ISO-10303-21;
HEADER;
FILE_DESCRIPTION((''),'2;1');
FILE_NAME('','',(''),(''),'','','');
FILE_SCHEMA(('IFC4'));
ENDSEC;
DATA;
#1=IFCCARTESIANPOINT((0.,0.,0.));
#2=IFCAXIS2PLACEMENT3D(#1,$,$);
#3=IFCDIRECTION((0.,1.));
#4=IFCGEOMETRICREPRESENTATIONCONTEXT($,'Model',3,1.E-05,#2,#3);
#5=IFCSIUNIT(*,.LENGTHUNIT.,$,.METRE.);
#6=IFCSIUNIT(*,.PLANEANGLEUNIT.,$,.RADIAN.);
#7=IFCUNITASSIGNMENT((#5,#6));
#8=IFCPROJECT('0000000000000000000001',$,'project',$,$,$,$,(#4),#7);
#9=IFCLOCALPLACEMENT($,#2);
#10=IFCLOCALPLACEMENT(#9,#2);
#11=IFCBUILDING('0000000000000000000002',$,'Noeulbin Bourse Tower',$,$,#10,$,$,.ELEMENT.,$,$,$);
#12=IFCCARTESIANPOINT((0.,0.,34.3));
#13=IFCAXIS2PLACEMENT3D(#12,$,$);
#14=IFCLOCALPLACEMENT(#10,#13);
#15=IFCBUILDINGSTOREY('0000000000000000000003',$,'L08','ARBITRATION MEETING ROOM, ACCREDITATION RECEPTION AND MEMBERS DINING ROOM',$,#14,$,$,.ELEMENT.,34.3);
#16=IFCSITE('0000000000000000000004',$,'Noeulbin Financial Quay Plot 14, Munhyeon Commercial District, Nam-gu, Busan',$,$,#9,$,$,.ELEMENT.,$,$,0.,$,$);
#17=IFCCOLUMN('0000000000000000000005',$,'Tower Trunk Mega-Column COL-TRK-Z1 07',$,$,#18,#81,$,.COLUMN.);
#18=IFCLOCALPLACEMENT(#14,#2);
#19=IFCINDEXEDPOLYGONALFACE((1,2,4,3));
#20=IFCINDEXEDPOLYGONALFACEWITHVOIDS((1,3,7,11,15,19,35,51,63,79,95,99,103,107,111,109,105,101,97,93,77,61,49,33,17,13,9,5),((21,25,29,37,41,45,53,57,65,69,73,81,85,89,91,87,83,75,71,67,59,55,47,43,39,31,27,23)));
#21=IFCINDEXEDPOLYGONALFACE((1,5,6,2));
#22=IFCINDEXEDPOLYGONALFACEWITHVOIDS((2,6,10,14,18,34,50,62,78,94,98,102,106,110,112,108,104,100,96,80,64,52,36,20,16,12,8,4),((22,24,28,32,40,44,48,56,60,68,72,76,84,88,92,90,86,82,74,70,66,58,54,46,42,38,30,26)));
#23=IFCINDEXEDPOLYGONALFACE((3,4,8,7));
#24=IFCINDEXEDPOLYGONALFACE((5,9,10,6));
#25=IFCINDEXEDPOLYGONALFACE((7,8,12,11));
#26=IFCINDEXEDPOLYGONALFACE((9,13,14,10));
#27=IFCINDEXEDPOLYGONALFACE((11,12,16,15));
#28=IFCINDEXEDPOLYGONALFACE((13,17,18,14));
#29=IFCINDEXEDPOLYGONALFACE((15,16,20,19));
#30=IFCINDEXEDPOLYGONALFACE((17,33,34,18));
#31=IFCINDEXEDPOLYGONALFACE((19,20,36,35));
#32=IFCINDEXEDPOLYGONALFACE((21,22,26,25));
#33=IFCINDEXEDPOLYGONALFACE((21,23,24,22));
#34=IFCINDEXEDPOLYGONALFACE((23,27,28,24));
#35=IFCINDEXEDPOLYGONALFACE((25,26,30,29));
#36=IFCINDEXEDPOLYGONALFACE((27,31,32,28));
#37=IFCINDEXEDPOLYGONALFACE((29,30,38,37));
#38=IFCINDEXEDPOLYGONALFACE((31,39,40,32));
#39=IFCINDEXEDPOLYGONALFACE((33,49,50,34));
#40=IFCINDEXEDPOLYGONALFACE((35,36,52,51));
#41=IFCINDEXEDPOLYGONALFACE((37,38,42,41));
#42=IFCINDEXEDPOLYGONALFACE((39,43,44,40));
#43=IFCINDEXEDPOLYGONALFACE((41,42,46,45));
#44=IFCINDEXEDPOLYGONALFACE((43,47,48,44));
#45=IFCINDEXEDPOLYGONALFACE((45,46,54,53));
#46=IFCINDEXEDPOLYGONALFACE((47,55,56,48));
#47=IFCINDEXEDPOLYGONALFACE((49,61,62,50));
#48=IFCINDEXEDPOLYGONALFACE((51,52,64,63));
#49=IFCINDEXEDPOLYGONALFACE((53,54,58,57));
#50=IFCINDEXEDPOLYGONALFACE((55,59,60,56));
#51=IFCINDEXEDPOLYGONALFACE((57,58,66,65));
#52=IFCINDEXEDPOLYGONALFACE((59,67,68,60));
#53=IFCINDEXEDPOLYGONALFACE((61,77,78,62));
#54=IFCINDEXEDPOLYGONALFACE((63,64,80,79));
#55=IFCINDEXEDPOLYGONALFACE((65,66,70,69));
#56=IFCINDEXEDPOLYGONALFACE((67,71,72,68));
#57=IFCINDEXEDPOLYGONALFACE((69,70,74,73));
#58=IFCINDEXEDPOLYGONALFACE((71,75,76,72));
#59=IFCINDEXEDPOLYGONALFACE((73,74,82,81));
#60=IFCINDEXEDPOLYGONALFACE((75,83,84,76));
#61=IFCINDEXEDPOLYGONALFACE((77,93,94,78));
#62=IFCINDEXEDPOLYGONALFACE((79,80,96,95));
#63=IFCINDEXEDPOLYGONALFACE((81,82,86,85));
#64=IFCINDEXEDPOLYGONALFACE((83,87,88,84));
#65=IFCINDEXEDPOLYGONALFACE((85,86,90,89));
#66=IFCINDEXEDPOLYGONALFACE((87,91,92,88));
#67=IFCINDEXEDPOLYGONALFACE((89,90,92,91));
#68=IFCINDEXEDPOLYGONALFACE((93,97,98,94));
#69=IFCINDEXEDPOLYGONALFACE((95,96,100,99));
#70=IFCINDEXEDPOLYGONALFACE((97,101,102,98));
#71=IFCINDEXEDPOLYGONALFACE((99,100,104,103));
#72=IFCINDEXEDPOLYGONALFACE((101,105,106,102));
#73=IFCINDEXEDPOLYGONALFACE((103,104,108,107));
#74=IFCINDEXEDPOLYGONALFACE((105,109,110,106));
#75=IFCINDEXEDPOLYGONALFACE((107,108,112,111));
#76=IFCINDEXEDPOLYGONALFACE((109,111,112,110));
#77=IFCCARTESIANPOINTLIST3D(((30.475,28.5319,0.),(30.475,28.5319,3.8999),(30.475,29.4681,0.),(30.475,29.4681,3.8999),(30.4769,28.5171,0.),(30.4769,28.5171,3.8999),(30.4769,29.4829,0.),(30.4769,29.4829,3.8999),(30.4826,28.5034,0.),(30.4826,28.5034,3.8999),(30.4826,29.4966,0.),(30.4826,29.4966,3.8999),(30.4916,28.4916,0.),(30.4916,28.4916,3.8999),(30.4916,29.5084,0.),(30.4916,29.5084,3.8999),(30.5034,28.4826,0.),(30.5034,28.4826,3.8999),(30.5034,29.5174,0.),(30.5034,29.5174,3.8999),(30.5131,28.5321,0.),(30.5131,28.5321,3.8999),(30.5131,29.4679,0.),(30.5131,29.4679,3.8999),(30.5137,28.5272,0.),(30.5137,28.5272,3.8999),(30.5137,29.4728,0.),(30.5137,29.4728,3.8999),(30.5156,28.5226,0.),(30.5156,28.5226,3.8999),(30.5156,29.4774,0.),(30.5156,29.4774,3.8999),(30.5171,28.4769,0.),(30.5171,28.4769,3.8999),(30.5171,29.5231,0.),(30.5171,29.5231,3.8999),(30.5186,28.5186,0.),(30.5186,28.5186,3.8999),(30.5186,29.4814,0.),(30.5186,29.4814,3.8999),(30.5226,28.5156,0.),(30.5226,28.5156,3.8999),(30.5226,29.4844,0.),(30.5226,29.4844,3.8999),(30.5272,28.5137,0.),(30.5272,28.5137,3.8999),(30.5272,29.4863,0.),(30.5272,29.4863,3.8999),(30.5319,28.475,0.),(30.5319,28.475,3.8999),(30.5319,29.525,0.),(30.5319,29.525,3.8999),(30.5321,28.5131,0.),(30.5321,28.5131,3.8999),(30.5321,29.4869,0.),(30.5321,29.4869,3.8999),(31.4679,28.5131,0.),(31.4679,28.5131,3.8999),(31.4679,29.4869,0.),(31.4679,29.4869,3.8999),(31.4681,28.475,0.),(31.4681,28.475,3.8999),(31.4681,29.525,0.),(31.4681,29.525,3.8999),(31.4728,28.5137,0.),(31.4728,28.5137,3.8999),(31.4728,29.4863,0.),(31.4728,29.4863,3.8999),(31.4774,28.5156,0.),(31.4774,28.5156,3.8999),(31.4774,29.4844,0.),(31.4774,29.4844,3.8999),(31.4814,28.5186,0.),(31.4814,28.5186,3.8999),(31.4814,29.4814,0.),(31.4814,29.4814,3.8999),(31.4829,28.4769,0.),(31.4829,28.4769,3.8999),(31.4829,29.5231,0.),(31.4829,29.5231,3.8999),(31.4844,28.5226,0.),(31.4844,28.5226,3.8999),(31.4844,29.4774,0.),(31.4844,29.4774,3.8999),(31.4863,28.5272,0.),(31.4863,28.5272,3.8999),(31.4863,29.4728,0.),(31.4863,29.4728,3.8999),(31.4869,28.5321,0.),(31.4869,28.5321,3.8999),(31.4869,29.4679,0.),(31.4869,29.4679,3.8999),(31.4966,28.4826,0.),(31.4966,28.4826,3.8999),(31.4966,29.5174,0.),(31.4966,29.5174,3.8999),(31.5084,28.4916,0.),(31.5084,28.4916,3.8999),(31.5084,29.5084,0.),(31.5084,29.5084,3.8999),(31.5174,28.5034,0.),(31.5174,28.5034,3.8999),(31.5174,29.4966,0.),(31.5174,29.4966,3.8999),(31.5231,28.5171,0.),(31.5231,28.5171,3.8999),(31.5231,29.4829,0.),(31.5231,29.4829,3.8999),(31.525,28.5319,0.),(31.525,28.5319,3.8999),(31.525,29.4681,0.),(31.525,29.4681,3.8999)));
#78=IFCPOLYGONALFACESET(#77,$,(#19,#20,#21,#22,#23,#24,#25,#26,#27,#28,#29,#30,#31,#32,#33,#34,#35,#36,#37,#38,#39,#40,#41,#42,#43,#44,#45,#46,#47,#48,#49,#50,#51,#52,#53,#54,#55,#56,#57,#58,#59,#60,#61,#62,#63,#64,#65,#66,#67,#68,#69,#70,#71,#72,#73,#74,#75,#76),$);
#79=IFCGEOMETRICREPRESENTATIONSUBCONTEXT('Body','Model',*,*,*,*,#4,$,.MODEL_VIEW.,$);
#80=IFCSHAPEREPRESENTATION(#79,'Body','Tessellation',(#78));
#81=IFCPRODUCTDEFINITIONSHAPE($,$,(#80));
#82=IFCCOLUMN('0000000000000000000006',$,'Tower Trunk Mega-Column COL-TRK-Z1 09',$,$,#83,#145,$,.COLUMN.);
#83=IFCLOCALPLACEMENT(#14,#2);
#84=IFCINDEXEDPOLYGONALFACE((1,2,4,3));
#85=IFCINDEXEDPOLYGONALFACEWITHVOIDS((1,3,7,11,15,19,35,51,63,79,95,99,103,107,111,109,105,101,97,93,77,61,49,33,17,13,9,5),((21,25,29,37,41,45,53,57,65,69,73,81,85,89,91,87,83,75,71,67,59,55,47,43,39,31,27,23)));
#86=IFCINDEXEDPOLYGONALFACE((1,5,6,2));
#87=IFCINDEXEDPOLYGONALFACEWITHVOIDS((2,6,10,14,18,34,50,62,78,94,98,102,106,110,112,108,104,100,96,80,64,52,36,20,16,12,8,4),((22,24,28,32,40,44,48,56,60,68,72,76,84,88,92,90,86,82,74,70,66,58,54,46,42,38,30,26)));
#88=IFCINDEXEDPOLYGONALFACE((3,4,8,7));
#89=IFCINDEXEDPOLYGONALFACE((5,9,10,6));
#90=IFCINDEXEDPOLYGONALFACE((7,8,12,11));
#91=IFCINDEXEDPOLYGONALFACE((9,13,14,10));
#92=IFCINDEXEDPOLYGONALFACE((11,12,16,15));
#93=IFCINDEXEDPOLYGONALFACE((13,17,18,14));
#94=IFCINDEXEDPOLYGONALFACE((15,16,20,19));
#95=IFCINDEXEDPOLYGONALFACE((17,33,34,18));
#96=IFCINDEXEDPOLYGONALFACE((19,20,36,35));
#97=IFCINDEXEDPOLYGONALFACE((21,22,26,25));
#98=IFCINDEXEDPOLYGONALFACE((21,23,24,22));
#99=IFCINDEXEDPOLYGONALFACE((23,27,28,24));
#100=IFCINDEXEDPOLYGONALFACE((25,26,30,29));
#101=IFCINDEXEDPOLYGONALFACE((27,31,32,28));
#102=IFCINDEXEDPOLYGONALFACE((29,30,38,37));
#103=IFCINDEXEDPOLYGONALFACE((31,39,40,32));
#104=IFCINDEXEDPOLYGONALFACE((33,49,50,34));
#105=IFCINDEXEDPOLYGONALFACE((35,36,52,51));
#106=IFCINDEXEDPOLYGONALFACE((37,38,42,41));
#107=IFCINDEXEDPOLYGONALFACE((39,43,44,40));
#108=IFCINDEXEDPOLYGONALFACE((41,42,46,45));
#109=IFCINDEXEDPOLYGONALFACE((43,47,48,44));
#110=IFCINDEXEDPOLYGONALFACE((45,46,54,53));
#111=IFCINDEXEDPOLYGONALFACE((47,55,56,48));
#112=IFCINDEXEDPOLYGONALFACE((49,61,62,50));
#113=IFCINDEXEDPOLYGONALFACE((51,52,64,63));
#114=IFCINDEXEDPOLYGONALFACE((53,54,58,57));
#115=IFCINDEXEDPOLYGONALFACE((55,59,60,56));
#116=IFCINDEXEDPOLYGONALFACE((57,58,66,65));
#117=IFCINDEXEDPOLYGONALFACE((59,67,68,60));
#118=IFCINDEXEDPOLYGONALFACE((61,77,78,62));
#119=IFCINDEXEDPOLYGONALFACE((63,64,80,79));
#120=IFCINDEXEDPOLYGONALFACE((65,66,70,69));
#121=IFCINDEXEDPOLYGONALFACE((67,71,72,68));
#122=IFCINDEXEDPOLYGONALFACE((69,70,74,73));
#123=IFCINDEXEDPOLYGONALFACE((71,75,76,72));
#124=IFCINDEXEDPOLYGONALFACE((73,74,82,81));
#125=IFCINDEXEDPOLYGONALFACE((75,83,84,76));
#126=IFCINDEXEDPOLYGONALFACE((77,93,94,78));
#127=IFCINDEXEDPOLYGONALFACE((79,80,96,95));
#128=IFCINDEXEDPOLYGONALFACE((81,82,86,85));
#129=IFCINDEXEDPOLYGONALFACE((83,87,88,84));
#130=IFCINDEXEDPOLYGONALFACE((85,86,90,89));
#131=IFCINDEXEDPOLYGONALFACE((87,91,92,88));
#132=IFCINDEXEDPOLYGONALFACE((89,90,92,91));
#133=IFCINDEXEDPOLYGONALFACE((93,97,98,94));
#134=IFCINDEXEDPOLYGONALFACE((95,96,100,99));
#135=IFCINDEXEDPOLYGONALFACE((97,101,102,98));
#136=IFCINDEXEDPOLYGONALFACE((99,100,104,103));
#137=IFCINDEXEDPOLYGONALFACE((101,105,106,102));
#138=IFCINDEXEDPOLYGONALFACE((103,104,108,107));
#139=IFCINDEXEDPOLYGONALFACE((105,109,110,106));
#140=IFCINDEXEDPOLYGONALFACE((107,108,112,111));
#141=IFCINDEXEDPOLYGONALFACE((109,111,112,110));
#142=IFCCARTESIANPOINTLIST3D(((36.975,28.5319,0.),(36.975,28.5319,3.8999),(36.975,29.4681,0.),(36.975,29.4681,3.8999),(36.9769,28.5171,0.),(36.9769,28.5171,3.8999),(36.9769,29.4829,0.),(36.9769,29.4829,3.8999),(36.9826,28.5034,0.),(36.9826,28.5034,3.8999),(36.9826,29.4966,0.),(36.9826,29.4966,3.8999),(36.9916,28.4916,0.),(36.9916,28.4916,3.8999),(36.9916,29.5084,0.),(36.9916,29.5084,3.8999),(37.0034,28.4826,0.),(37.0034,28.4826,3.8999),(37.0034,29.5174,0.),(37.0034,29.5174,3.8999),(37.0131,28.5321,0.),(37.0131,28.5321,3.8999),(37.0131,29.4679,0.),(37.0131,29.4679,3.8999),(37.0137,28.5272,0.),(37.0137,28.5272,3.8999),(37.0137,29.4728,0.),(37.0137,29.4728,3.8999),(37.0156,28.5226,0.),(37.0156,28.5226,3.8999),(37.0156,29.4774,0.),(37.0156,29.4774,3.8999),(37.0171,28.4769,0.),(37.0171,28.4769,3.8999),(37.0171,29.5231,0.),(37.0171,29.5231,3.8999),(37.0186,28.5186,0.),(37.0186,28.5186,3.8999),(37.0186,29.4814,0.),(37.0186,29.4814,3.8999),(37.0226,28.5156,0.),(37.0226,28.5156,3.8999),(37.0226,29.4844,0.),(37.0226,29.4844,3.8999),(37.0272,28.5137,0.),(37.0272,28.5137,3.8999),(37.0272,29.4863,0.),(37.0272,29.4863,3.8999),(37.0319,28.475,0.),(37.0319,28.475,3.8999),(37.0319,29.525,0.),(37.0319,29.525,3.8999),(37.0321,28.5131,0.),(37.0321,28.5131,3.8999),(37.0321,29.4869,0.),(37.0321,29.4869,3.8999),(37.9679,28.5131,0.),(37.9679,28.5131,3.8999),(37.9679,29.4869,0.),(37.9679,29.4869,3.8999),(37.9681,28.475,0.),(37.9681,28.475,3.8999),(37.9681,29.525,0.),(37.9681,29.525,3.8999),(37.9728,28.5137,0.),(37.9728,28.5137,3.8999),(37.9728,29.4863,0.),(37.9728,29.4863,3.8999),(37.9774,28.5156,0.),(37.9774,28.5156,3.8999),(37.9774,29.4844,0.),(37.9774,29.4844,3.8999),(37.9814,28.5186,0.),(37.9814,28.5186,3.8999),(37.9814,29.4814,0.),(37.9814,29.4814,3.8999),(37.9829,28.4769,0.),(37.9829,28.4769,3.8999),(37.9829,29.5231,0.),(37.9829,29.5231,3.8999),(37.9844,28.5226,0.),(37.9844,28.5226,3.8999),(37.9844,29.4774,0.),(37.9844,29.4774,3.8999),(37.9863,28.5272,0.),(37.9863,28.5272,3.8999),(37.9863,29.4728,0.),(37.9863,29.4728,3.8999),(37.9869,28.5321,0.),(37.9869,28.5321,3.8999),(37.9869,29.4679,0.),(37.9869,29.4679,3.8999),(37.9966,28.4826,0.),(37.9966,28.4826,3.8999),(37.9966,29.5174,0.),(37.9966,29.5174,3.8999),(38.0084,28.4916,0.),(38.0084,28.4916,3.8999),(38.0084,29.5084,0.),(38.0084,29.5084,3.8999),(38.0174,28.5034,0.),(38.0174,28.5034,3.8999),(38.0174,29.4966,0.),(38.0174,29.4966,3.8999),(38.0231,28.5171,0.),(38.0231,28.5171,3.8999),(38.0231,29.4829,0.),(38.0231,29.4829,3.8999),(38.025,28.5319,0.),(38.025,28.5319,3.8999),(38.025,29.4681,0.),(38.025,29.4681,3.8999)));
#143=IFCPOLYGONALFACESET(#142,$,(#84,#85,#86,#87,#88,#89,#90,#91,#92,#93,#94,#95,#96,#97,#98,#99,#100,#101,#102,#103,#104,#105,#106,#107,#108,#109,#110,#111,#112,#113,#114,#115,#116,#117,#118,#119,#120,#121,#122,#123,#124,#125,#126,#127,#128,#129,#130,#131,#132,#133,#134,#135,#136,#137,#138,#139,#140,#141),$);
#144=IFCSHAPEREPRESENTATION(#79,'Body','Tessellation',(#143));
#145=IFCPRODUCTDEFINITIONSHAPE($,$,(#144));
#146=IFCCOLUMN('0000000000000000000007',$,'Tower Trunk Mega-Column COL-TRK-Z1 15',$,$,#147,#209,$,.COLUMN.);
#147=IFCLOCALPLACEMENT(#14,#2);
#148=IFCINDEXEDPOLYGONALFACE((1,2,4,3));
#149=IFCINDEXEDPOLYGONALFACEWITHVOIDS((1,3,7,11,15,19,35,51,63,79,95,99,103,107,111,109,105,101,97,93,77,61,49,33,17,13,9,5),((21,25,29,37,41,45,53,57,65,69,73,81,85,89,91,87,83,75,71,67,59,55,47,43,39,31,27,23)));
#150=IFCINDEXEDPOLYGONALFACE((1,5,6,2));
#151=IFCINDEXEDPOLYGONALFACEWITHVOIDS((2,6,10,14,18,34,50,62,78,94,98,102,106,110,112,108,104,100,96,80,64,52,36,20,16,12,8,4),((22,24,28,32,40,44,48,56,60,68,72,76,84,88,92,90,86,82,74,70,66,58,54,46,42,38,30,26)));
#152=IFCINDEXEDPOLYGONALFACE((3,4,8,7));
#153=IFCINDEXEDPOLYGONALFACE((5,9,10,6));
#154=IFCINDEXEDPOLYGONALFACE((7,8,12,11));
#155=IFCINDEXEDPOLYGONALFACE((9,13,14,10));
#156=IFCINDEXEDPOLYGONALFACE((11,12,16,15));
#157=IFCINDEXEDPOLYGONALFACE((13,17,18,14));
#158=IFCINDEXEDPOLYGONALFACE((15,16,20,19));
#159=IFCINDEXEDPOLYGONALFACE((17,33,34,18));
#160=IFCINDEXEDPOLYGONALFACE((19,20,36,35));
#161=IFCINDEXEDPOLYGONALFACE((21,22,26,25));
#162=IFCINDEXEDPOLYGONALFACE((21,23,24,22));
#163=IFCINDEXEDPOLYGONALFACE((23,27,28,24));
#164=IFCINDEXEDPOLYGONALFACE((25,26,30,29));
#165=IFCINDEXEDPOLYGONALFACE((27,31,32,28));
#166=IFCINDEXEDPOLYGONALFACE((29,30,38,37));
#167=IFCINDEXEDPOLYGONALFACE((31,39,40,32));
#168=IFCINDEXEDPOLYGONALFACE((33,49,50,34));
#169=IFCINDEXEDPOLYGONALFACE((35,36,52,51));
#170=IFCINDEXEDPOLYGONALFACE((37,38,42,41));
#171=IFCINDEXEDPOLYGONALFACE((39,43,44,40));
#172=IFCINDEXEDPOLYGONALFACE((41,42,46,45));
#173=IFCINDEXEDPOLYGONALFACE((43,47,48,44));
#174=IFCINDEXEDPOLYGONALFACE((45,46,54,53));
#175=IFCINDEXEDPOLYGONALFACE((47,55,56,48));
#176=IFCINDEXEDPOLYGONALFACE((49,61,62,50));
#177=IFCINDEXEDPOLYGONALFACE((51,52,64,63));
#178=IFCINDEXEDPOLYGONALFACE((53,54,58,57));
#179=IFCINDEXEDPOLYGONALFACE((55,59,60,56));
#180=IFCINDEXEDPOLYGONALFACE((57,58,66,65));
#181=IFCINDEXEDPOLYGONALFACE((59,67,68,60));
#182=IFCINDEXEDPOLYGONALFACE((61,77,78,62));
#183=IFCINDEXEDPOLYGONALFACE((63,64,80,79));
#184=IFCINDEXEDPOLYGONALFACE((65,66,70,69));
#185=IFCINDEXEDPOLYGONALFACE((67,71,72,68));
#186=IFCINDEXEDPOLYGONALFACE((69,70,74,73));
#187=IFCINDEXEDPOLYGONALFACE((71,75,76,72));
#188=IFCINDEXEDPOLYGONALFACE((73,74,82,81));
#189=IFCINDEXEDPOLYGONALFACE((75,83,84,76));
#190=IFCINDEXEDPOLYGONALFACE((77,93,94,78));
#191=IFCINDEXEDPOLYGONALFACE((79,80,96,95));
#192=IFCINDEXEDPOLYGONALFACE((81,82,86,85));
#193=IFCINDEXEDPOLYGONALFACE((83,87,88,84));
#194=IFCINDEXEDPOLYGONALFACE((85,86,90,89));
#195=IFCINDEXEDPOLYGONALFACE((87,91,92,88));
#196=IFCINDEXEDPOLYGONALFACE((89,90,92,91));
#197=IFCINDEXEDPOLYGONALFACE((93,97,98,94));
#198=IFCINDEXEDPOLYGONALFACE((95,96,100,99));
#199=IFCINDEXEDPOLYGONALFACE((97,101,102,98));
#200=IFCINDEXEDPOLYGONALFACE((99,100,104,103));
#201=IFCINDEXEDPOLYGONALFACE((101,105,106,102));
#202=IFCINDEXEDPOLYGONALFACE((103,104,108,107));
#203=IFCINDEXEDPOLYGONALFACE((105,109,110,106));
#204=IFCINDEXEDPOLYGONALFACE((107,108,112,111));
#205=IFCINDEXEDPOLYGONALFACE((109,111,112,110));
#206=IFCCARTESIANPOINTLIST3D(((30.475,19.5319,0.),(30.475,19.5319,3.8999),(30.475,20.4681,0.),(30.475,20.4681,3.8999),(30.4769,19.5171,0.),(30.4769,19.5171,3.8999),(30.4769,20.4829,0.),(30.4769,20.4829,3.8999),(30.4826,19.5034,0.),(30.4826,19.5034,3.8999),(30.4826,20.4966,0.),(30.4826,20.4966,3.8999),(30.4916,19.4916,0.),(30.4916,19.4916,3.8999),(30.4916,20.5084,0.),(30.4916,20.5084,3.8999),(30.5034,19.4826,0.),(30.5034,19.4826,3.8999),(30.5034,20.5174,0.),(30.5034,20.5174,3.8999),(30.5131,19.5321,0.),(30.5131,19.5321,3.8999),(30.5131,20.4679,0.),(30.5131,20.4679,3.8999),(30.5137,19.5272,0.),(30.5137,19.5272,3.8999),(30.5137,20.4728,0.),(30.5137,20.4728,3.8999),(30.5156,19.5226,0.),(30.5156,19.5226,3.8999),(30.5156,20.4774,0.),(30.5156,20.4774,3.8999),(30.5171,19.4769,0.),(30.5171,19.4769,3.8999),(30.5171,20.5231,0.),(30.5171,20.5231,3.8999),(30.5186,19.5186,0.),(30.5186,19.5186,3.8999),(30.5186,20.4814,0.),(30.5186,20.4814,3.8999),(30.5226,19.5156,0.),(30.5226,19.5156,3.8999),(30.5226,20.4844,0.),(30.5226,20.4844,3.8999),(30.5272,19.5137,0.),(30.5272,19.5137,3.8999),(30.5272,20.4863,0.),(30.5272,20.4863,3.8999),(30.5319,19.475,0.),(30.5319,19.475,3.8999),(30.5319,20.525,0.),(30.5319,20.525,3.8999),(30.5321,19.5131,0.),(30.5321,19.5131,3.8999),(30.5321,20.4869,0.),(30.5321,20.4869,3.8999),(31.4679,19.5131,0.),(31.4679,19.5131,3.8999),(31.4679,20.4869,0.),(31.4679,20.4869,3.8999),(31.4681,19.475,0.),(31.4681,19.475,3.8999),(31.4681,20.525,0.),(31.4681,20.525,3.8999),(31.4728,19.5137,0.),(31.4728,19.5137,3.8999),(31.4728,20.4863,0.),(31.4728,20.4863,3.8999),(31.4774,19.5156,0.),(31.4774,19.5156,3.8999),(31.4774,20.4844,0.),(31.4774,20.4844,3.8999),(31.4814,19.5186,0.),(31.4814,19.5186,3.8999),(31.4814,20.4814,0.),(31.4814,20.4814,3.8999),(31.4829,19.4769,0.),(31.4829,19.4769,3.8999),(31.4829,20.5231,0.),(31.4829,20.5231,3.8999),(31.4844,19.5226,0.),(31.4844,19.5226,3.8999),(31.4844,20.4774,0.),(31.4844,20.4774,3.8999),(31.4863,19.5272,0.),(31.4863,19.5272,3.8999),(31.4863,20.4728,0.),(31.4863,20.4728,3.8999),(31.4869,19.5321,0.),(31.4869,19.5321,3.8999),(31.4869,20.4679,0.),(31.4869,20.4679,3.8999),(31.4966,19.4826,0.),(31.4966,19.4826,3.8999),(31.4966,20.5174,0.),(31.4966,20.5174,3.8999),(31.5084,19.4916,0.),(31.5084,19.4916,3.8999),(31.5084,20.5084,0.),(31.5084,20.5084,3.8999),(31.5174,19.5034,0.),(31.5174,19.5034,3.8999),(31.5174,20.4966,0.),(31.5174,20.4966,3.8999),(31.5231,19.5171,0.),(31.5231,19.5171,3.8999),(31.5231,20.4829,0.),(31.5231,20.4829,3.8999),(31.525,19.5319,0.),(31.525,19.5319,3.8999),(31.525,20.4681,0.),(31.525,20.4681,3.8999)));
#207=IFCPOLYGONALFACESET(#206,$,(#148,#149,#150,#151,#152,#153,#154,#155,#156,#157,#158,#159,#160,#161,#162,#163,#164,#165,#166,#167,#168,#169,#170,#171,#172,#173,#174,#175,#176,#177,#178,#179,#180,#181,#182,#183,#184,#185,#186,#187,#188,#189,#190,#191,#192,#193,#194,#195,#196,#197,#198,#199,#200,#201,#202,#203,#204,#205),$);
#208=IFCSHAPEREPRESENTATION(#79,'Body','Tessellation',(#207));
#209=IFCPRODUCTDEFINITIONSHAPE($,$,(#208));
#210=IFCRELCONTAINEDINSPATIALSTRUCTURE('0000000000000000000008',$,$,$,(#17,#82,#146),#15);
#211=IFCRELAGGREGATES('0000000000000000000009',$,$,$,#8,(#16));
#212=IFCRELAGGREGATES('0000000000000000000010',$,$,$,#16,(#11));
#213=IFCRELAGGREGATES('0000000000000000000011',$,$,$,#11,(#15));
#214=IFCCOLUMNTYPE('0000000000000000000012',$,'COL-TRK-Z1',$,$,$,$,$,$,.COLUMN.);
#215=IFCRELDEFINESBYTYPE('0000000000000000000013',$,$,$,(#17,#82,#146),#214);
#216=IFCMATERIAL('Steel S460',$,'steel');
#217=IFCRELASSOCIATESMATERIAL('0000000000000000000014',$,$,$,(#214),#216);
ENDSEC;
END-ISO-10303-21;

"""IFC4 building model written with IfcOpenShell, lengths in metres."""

from ifc_helpers import new_model, si_unit, direction, frame, origin, origin_2d, place, context, subcontext, project, spatial, hollow_rectangle, extrude, material, material_profile, profile_set, type_object, element, save


model = new_model("IFC4")

# Units and contexts
model_context = context("Model", 3, precision=1e-05, world=origin(), true_north=direction((0.0, 1.0)))
body_context = subcontext(model_context, "Body", "Model", "MODEL_VIEW")
ifc_project = project(units=[si_unit("LENGTHUNIT", "METRE"), si_unit("PLANEANGLEUNIT", "RADIAN")], contexts=[model_context])

# Site, building, storey
site_placement = place(None, origin())
site = spatial("IfcSite", under=ifc_project, at=site_placement, Name="Noeulbin Financial Quay Plot 14, Munhyeon Commercial District, Nam-gu, Busan", CompositionType="ELEMENT", RefElevation=0.0)
building_placement = place(site_placement, origin())
building = spatial("IfcBuilding", under=site, at=building_placement, Name="Noeulbin Bourse Tower", CompositionType="ELEMENT")
storey_placement = place(building_placement, frame((0.0, 0.0, 34.3)))
storey = spatial("IfcBuildingStorey", under=building, at=storey_placement, Name="L08", Description="ARBITRATION MEETING ROOM, ACCREDITATION RECEPTION AND MEMBERS DINING ROOM", CompositionType="ELEMENT", Elevation=34.3)

# Columns
ifc_material_1 = material(Name="Steel S460", Category="steel")
ifc_material_profile_1 = material_profile(ifc_material_1, hollow_rectangle(XDim=1.05, YDim=1.05, WallThickness=0.0381, InnerFilletRadius=0.019, OuterFilletRadius=0.0569, at=origin_2d()), Name="BOX-1050x1050x38", Category="LoadBearing")
ifc_profile_set_1 = profile_set([ifc_material_profile_1], Name="Steel S460")
column_type = type_object("IfcColumnType", Name="COL-TRK-Z1", PredefinedType="COLUMN", material=ifc_profile_set_1)
for number, where, z_axis, x_axis, name in (
    (1, (31.0, 29.0, 0.0), (0.0, 0.0, 1.0), (1.0, 0.0, 0.0), "Tower Trunk Mega-Column COL-TRK-Z1 07"),
    (2, (37.5, 29.0, 0.0), (0.0, 0.0, 1.0), (1.0, 0.0, 0.0), "Tower Trunk Mega-Column COL-TRK-Z1 09"),
    (3, (31.0, 20.0, 0.0), (0.0, 0.0, 1.0), (1.0, 0.0, 0.0), "Tower Trunk Mega-Column COL-TRK-Z1 15"),
):
    element("IfcColumn", number, at=place(storey_placement, frame(where, z_axis=z_axis, x_axis=x_axis)), inside=storey, type_object=column_type, Name=name, PredefinedType="COLUMN", context=body_context, shape_type="SweptSolid", body=[
        extrude(hollow_rectangle(XDim=1.05, YDim=1.05, WallThickness=0.0381, InnerFilletRadius=0.019, OuterFilletRadius=0.0569, at=origin_2d()), origin(), (0.0, 0.0, 1.0), 3.8999),
    ])

save(model, "model.ifc")
